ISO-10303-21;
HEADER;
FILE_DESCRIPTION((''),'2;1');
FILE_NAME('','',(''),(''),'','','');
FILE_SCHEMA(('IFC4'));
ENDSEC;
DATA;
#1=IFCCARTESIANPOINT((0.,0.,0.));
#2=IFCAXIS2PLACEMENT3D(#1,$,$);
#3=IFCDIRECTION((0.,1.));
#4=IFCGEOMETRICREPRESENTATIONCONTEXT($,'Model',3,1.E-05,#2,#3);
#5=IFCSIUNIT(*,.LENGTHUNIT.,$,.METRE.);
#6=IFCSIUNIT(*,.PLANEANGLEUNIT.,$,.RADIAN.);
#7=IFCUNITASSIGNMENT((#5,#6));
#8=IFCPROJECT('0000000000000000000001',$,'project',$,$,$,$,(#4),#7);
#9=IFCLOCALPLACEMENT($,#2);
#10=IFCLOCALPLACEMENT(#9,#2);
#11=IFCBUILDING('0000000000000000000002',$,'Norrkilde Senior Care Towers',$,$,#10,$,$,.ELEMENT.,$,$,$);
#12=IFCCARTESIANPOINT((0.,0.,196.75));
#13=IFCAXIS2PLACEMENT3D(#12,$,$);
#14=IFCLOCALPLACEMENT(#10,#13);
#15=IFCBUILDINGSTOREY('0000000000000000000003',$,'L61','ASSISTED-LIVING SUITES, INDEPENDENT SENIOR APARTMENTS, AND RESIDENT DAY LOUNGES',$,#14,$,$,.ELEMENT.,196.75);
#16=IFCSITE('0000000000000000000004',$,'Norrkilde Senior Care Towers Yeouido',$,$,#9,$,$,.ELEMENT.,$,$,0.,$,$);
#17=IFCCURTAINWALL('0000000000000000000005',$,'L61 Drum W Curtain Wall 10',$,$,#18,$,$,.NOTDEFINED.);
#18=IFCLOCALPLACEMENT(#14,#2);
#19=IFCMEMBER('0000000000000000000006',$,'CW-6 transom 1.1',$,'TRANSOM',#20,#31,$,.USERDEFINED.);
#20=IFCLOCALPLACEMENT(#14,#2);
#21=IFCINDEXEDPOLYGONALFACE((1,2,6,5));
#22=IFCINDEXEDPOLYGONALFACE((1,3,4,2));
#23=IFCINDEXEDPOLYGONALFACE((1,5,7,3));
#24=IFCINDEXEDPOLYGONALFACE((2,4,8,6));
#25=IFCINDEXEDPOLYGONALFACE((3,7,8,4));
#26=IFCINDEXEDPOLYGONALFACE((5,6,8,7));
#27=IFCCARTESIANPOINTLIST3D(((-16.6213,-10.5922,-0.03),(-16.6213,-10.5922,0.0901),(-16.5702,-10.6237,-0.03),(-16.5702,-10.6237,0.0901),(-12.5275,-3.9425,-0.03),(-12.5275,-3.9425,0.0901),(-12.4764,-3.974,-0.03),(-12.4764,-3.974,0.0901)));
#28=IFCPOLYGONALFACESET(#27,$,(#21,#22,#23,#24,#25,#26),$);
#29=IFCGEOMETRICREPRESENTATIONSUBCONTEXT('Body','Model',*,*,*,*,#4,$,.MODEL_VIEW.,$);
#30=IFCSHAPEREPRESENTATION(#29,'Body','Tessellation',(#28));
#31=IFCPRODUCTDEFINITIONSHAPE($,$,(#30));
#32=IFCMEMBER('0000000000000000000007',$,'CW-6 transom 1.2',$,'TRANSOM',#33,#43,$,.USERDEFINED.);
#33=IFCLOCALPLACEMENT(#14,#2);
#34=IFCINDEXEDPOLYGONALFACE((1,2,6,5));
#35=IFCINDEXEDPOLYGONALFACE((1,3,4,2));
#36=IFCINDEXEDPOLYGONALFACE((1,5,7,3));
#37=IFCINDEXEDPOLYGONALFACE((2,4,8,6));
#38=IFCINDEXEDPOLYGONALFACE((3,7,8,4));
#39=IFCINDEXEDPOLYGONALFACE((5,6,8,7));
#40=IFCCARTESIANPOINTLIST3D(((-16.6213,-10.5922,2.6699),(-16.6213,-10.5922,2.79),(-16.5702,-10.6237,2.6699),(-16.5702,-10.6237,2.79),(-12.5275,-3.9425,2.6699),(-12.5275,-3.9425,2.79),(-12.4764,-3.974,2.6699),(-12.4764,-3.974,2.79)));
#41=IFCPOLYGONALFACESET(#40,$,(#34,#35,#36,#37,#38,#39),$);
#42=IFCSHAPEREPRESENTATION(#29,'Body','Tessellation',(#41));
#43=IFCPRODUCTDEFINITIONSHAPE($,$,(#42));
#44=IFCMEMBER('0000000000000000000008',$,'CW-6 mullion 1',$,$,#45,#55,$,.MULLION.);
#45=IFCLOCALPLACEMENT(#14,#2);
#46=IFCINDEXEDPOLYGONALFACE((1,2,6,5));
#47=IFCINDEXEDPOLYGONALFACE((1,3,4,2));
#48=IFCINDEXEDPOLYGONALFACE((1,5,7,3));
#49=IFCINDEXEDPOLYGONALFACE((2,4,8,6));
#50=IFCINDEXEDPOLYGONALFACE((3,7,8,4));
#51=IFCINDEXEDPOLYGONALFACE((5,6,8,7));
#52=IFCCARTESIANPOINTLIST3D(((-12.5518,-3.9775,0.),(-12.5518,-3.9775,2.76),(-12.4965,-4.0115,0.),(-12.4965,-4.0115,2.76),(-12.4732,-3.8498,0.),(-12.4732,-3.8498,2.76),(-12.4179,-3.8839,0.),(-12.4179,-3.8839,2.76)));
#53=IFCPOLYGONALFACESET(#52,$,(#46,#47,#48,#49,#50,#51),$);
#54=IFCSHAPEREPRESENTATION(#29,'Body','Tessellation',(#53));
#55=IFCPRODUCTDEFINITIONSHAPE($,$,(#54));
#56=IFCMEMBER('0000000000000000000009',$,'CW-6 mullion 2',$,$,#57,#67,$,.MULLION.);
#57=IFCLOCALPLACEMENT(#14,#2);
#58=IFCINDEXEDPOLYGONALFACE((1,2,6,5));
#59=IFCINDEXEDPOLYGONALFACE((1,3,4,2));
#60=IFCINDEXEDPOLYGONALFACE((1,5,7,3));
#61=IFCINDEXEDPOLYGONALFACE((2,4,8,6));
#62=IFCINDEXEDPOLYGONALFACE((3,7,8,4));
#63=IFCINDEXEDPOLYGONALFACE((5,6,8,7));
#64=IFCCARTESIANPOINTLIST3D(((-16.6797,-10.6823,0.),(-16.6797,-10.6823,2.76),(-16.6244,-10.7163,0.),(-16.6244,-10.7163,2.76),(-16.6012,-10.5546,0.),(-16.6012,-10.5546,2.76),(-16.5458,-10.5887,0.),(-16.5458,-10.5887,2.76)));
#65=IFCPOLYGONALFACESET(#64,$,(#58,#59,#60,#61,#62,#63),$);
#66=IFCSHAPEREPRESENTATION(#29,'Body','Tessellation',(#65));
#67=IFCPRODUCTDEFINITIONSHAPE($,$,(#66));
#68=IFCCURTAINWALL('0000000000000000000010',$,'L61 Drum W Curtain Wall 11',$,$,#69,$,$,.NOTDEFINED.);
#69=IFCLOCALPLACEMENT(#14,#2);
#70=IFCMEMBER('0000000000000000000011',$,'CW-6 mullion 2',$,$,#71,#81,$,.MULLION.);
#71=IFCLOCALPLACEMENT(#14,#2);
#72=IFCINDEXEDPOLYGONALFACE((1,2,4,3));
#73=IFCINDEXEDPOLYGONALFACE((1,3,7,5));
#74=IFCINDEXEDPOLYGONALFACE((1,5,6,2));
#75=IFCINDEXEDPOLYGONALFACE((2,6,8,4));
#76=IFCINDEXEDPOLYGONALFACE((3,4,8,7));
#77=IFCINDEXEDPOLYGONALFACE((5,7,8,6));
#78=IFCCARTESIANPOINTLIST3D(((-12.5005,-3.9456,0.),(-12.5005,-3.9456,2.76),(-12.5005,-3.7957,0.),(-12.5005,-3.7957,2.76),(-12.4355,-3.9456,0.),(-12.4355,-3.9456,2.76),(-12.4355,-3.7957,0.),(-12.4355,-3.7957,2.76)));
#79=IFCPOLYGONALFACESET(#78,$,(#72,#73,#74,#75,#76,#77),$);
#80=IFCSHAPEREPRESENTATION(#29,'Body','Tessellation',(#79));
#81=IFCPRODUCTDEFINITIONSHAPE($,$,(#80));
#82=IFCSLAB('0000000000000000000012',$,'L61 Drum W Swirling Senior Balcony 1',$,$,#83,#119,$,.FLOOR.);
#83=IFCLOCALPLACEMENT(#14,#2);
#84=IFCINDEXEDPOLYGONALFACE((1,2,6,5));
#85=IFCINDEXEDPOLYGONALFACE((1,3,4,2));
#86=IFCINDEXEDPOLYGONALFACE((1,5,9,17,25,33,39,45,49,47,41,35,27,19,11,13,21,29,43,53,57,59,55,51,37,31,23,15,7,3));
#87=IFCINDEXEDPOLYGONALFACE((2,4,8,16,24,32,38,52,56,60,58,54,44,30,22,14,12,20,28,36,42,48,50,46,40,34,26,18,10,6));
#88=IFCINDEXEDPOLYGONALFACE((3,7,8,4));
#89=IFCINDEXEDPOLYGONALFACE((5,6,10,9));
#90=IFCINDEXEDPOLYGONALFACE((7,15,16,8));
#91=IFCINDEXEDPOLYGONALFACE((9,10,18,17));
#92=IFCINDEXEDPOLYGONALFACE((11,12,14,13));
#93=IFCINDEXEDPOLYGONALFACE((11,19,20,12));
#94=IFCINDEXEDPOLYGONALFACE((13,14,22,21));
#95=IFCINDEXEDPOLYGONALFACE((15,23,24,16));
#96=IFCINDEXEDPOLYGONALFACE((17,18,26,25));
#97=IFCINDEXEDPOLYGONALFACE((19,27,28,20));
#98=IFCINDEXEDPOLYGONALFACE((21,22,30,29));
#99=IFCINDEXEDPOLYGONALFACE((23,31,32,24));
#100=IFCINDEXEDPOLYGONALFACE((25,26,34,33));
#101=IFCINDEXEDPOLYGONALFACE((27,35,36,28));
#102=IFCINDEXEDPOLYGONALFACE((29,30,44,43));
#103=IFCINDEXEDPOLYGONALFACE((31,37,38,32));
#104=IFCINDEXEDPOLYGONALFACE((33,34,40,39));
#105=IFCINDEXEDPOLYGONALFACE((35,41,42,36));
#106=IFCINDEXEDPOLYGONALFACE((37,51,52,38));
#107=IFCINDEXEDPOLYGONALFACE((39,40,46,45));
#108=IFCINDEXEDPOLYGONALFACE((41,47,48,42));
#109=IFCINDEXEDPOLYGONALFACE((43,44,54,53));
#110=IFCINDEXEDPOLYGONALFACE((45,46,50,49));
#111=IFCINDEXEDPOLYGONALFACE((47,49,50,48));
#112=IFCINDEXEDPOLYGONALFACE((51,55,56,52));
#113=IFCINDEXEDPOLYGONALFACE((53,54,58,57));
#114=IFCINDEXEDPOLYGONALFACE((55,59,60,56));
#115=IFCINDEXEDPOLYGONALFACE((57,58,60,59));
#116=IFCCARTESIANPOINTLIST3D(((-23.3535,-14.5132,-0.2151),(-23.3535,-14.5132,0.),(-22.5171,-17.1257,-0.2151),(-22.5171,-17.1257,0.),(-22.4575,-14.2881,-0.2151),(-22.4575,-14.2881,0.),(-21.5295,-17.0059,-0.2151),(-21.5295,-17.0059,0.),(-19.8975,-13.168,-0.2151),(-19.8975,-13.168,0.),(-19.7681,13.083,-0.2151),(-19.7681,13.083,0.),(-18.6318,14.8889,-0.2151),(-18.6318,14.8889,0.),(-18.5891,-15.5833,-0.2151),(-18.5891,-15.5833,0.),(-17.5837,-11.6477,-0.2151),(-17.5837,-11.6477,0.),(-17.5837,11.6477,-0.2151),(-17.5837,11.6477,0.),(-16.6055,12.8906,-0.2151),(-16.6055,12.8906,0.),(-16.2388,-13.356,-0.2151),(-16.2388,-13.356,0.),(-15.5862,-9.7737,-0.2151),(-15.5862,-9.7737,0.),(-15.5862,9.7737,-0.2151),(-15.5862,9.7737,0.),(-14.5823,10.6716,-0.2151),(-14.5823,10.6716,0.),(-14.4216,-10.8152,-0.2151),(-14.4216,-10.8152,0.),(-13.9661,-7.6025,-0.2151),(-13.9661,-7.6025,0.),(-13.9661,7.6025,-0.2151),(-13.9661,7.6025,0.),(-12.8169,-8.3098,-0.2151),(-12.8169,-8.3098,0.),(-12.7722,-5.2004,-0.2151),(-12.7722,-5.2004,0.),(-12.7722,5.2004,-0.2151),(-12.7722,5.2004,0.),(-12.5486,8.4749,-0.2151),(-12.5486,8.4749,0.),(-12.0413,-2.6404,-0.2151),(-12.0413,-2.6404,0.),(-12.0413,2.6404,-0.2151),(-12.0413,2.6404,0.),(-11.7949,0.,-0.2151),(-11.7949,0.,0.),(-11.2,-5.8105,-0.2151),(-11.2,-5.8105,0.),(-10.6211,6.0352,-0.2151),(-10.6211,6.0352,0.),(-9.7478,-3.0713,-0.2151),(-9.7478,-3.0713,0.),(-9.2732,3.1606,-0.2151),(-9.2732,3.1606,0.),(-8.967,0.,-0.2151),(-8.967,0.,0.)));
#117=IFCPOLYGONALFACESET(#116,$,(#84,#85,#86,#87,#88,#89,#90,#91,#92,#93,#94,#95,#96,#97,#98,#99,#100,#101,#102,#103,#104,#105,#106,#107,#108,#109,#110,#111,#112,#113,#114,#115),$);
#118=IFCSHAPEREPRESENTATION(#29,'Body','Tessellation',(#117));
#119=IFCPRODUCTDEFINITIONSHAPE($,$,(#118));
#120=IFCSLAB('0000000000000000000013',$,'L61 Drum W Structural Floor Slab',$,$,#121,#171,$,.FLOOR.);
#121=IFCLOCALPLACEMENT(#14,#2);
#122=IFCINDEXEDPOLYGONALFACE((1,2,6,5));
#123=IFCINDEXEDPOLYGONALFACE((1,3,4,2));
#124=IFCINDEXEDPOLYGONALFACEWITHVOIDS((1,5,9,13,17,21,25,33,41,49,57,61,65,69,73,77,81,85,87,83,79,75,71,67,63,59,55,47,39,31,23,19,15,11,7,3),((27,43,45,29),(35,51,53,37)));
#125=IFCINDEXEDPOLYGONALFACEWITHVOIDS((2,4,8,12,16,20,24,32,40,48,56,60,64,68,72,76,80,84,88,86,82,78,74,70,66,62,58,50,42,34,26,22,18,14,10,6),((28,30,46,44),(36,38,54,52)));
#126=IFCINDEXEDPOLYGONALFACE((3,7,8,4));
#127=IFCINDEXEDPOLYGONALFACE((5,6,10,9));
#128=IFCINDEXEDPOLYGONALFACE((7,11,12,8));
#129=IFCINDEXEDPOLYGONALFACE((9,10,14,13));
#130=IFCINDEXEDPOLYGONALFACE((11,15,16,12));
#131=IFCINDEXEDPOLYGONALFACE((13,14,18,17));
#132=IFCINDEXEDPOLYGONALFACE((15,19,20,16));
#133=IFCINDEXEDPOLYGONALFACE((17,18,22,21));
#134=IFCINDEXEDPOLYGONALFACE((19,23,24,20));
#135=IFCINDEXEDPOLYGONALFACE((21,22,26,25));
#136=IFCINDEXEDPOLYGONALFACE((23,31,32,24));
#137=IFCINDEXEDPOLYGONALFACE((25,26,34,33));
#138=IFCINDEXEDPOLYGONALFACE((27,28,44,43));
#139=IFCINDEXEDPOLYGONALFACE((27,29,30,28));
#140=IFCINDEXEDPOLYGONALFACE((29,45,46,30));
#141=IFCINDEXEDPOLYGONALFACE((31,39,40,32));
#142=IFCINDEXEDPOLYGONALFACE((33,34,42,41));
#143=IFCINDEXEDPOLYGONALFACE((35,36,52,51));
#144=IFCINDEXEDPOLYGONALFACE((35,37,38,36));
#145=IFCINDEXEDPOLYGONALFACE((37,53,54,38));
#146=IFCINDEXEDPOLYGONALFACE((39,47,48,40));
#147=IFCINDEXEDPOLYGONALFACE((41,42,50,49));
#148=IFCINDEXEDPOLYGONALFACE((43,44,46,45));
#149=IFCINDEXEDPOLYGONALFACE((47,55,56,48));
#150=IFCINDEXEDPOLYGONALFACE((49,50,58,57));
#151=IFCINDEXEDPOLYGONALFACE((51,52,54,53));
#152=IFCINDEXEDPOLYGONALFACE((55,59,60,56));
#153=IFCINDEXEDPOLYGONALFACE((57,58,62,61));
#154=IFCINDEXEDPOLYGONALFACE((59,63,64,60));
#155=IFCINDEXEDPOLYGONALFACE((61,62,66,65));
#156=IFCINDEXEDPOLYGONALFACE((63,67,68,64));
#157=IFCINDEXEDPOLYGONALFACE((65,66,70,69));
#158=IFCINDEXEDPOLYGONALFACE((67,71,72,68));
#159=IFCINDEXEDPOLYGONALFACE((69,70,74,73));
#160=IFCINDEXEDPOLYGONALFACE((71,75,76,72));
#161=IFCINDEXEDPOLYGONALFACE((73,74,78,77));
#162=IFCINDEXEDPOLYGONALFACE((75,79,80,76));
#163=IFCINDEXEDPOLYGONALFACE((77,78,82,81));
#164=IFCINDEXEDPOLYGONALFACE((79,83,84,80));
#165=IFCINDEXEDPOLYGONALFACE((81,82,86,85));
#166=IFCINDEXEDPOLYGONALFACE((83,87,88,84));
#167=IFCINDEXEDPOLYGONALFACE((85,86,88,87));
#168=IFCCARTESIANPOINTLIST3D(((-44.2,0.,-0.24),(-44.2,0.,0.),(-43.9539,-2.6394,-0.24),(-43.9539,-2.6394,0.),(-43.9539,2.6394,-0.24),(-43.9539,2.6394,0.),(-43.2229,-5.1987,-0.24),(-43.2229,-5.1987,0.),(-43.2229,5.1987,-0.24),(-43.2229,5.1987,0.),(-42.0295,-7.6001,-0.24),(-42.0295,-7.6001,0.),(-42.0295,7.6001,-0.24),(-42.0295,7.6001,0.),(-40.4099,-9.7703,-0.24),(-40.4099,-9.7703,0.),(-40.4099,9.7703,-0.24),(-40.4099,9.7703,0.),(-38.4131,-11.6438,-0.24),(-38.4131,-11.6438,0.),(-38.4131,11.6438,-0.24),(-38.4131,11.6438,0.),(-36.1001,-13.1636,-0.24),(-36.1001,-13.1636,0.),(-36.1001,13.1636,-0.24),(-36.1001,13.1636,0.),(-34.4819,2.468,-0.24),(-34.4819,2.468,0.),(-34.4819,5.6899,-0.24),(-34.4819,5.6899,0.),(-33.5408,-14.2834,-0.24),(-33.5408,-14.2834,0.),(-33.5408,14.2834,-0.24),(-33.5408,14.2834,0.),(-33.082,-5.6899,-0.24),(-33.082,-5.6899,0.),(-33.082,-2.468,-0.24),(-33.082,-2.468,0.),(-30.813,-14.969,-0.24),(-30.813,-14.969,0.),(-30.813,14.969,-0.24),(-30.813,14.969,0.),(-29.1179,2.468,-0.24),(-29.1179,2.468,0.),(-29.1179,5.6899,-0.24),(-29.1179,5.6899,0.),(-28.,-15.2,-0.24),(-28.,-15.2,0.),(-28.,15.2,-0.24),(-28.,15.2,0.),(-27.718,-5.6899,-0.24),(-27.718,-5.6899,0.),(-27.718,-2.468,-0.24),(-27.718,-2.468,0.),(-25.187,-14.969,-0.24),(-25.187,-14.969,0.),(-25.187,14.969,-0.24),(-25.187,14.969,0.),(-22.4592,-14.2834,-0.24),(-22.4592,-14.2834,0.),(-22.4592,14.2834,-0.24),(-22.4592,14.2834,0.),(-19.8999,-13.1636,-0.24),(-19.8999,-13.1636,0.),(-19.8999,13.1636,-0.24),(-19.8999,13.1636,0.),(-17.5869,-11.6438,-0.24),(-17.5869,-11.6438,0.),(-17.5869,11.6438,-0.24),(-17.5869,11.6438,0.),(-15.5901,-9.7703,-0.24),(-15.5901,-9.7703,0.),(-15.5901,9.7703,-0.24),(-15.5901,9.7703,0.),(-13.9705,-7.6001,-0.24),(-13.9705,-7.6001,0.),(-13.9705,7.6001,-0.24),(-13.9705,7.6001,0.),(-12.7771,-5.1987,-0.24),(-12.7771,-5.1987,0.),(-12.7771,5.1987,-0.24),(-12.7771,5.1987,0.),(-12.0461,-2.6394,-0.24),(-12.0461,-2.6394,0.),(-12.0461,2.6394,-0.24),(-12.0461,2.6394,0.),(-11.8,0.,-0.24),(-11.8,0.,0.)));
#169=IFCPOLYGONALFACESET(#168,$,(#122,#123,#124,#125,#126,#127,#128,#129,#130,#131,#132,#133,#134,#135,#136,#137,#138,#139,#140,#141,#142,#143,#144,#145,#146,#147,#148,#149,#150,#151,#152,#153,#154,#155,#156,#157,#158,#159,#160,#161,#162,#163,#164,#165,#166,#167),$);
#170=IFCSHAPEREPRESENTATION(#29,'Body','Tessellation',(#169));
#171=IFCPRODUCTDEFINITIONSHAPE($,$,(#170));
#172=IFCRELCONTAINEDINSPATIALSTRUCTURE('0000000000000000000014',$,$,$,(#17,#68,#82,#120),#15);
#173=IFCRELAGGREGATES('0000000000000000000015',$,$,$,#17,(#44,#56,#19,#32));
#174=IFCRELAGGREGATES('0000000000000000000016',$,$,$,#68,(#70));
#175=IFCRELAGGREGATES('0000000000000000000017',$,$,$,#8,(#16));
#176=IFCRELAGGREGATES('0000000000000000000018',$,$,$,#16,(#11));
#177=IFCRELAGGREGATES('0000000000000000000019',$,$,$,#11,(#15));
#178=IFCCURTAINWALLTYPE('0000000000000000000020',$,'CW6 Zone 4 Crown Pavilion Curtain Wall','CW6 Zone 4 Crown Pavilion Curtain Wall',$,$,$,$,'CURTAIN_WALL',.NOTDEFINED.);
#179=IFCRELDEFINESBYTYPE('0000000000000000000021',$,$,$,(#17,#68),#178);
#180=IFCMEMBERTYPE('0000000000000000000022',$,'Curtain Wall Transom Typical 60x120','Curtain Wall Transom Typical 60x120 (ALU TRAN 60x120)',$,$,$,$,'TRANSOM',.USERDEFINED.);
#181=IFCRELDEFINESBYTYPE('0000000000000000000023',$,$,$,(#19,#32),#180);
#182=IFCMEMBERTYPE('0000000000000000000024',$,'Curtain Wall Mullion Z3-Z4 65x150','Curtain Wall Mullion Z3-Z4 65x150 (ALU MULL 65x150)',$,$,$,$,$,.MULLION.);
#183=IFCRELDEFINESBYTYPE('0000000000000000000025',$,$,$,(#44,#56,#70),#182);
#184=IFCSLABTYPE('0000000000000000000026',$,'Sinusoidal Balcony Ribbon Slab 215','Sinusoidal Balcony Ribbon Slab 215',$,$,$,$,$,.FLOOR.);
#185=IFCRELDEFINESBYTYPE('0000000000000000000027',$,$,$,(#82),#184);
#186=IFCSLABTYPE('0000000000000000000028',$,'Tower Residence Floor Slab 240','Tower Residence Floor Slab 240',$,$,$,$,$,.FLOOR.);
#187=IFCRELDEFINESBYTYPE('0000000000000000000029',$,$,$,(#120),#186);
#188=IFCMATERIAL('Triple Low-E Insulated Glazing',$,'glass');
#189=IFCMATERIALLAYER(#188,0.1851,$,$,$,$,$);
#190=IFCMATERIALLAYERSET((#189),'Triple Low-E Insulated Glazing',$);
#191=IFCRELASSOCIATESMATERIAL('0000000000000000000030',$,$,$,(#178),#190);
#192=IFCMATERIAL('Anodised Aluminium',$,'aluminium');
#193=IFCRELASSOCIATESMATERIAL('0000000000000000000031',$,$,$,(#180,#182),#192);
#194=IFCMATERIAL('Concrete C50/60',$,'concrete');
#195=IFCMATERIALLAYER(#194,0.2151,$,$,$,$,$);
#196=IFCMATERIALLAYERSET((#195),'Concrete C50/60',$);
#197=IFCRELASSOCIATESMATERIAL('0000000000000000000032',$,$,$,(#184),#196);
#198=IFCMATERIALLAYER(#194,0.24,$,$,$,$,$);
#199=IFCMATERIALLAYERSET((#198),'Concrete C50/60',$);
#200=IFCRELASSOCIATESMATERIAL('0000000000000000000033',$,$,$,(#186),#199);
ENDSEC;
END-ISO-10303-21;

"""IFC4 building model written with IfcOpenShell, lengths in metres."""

from ifc_helpers import new_model, si_unit, direction, frame, origin, origin_2d, place, context, subcontext, project, spatial, polyline, rectangle, outline, extrude, source, transform, mapped, material, layer, layer_set, material_profile, profile_set, type_object, type_shapes, element, aggregate, save


model = new_model("IFC4")

# Units and contexts
model_context = context("Model", 3, precision=1e-05, world=origin(), true_north=direction((0.0, 1.0)))
body_context = subcontext(model_context, "Body", "Model", "MODEL_VIEW")
ifc_project = project(units=[si_unit("LENGTHUNIT", "METRE"), si_unit("PLANEANGLEUNIT", "RADIAN")], contexts=[model_context])

# Site, building, storey
site_placement = place(None, origin())
site = spatial("IfcSite", under=ifc_project, at=site_placement, Name="Norrkilde Senior Care Towers Yeouido", CompositionType="ELEMENT", RefElevation=0.0)
building_placement = place(site_placement, origin())
building = spatial("IfcBuilding", under=site, at=building_placement, Name="Norrkilde Senior Care Towers", CompositionType="ELEMENT")
storey_placement = place(building_placement, frame((0.0, 0.0, 196.75)))
storey = spatial("IfcBuildingStorey", under=building, at=storey_placement, Name="L61", Description="ASSISTED-LIVING SUITES, INDEPENDENT SENIOR APARTMENTS, AND RESIDENT DAY LOUNGES", CompositionType="ELEMENT", Elevation=196.75)

# Shared definitions
ifc_material_1 = material(Name="Concrete C50/60", Category="concrete")

# Curtain wall, members
ifc_material_2 = material(Name="Triple Low-E Insulated Glazing", Category="glass")
ifc_layer_1 = layer(ifc_material_2, 0.1851)
ifc_layer_set_1 = layer_set([ifc_layer_1], Name="Triple Low-E Insulated Glazing")
curtain_wall_type = type_object("IfcCurtainWallType", Name="CW6 Zone 4 Crown Pavilion Curtain Wall", Description="CW6 Zone 4 Crown Pavilion Curtain Wall", ElementType="CURTAIN_WALL", PredefinedType="NOTDEFINED", material=ifc_layer_set_1)
curtain_wall_1_placement = place(storey_placement, origin())
curtain_wall_1 = element("IfcCurtainWall", 1, at=curtain_wall_1_placement, inside=storey, type_object=curtain_wall_type, Name="L61 Drum W Curtain Wall 10", PredefinedType="NOTDEFINED")
ifc_material_3 = material(Name="Anodised Aluminium", Category="aluminium")
ifc_material_profile_1 = material_profile(ifc_material_3, rectangle(XDim=0.0601, YDim=0.1201, at=origin_2d()), Name="ALU TRAN 60x120")
ifc_profile_set_1 = profile_set([ifc_material_profile_1], Name="Anodised Aluminium")
member_type_1 = type_object("IfcMemberType", Name="Curtain Wall Transom Typical 60x120", Description="Curtain Wall Transom Typical 60x120 (ALU TRAN 60x120)", ElementType="TRANSOM", PredefinedType="USERDEFINED", material=ifc_profile_set_1)
shared_shape_1 = source(origin(), body_context, "Body", "SweptSolid", [
    extrude(rectangle(XDim=0.0601, YDim=0.1201, at=origin_2d()), origin(), (0.0, 0.0, 1.0), 7.8088),
])
type_shapes(member_type_1, [shared_shape_1])
member_1_placement = place(storey_placement, frame((-12.502, -3.9583, 0.03), z_axis=(-0.524251, -0.851564, 0.0), x_axis=(0.851564, -0.524251, 0.0)))
member_1 = element("IfcMember", 2, at=member_1_placement, type_object=member_type_1, Name="CW-6 transom 1.1", ObjectType="TRANSOM", PredefinedType="USERDEFINED", context=body_context, shape_type="MappedRepresentation", body=[
    mapped(shared_shape_1, transform((0.0, 0.0, 0.0), x_axis=(1.0, 0.0, 0.0), y_axis=(0.0, 1.0, 0.0), z_axis=(0.0, 0.0, 1.0), scale=1.0)),
])
member_2_placement = place(storey_placement, frame((-12.502, -3.9583, 2.73), z_axis=(-0.524251, -0.851564, 0.0), x_axis=(0.851564, -0.524251, 0.0)))
member_2 = element("IfcMember", 3, at=member_2_placement, type_object=member_type_1, Name="CW-6 transom 1.2", ObjectType="TRANSOM", PredefinedType="USERDEFINED", context=body_context, shape_type="MappedRepresentation", body=[
    mapped(shared_shape_1, transform((0.0, 0.0, 0.0), x_axis=(1.0, 0.0, 0.0), y_axis=(0.0, 1.0, 0.0), z_axis=(0.0, 0.0, 1.0), scale=1.0)),
])
ifc_material_profile_2 = material_profile(ifc_material_3, rectangle(XDim=0.0649, YDim=0.1499, at=origin_2d()), Name="ALU MULL 65x150")
ifc_profile_set_2 = profile_set([ifc_material_profile_2], Name="Anodised Aluminium")
member_type_2 = type_object("IfcMemberType", Name="Curtain Wall Mullion Z3-Z4 65x150", Description="Curtain Wall Mullion Z3-Z4 65x150 (ALU MULL 65x150)", PredefinedType="MULLION", material=ifc_profile_set_2)
shared_shape_2 = source(origin(), body_context, "Body", "SweptSolid", [
    extrude(rectangle(XDim=0.0649, YDim=0.1499, at=origin_2d()), origin(), (0.0, 0.0, 1.0), 2.76),
])
type_shapes(member_type_2, [shared_shape_2])
member_3_placement = place(storey_placement, frame((-12.4849, -3.9307, 0.0), z_axis=(0.0, 0.0, 1.0), x_axis=(0.851563, -0.524253, 0.0)))
member_3 = element("IfcMember", 4, at=member_3_placement, type_object=member_type_2, Name="CW-6 mullion 1", PredefinedType="MULLION", context=body_context, shape_type="MappedRepresentation", body=[
    mapped(shared_shape_2, transform((0.0, 0.0, 0.0), x_axis=(1.0, 0.0, 0.0), y_axis=(0.0, 1.0, 0.0), z_axis=(0.0, 0.0, 1.0), scale=1.0)),
])
member_4_placement = place(storey_placement, frame((-16.6128, -10.6355, 0.0), z_axis=(0.0, 0.0, 1.0), x_axis=(0.851563, -0.524253, 0.0)))
member_4 = element("IfcMember", 5, at=member_4_placement, type_object=member_type_2, Name="CW-6 mullion 2", PredefinedType="MULLION", context=body_context, shape_type="MappedRepresentation", body=[
    mapped(shared_shape_2, transform((0.0, 0.0, 0.0), x_axis=(1.0, 0.0, 0.0), y_axis=(0.0, 1.0, 0.0), z_axis=(0.0, 0.0, 1.0), scale=1.0)),
])

# Curtain wall, member
curtain_wall_2_placement = place(storey_placement, origin())
curtain_wall_2 = element("IfcCurtainWall", 6, at=curtain_wall_2_placement, inside=storey, type_object=curtain_wall_type, Name="L61 Drum W Curtain Wall 11", PredefinedType="NOTDEFINED")
member_5_placement = place(storey_placement, frame((-12.468, -3.8706, 0.0), z_axis=(0.0, 0.0, 1.0), x_axis=(1.0, 0.0, 0.0)))
member_5 = element("IfcMember", 7, at=member_5_placement, type_object=member_type_2, Name="CW-6 mullion 2", PredefinedType="MULLION", context=body_context, shape_type="MappedRepresentation", body=[
    mapped(shared_shape_2, transform((0.0, 0.0, 0.0), x_axis=(1.0, 0.0, 0.0), y_axis=(0.0, 1.0, 0.0), z_axis=(0.0, 0.0, 1.0), scale=1.0)),
])

# Slabs
ifc_layer_2 = layer(ifc_material_1, 0.2151)
ifc_layer_set_2 = layer_set([ifc_layer_2], Name="Concrete C50/60")
slab_type_1 = type_object("IfcSlabType", Name="Sinusoidal Balcony Ribbon Slab 215", Description="Sinusoidal Balcony Ribbon Slab 215", PredefinedType="FLOOR", material=ifc_layer_set_2)
slab_1_placement = place(storey_placement, frame((0.0, 0.0, -0.2151)))
element("IfcSlab", 8, at=slab_1_placement, inside=storey, type_object=slab_type_1, Name="L61 Drum W Swirling Senior Balcony 1", PredefinedType="FLOOR", context=body_context, shape_type="SweptSolid", body=[
    extrude(outline(polyline([(-12.8169, -8.3098), (-14.4216, -10.8152), (-16.2388, -13.356), (-18.5891, -15.5833), (-21.5295, -17.0059), (-22.5171, -17.1257), (-23.3535, -14.5132), (-22.4575, -14.2881), (-19.8975, -13.168), (-17.5837, -11.6477), (-15.5862, -9.7737), (-13.9661, -7.6025), (-12.7722, -5.2004), (-12.0413, -2.6404), (-11.7949, 0.0), (-12.0413, 2.6404), (-12.7722, 5.2004), (-13.9661, 7.6025), (-15.5862, 9.7737), (-17.5837, 11.6477), (-19.7681, 13.083), (-18.6318, 14.8889), (-16.6055, 12.8906), (-14.5823, 10.6716), (-12.5486, 8.4749), (-10.6211, 6.0352), (-9.2732, 3.1606), (-8.967, 0.0), (-9.7478, -3.0713), (-11.2, -5.8105), (-12.8169, -8.3098)])), origin(), (0.0, 0.0, 1.0), 0.2151),
])
ifc_layer_3 = layer(ifc_material_1, 0.24)
ifc_layer_set_3 = layer_set([ifc_layer_3], Name="Concrete C50/60")
slab_type_2 = type_object("IfcSlabType", Name="Tower Residence Floor Slab 240", Description="Tower Residence Floor Slab 240", PredefinedType="FLOOR", material=ifc_layer_set_3)
slab_2_placement = place(storey_placement, frame((0.0, 0.0, -0.24)))
element("IfcSlab", 9, at=slab_2_placement, inside=storey, type_object=slab_type_2, Name="L61 Drum W Structural Floor Slab", PredefinedType="FLOOR", context=body_context, shape_type="SweptSolid", body=[
    extrude(outline(polyline([(-12.7771, -5.1987), (-13.9705, -7.6001), (-15.5901, -9.7703), (-17.5869, -11.6438), (-19.8999, -13.1636), (-22.4592, -14.2834), (-25.187, -14.969), (-28.0, -15.2), (-30.813, -14.969), (-33.5408, -14.2834), (-36.1001, -13.1636), (-38.4131, -11.6438), (-40.4099, -9.7703), (-42.0295, -7.6001), (-43.2229, -5.1987), (-43.9539, -2.6394), (-44.2, 0.0), (-43.9539, 2.6394), (-43.2229, 5.1987), (-42.0295, 7.6001), (-40.4099, 9.7703), (-38.4131, 11.6438), (-36.1001, 13.1636), (-33.5408, 14.2834), (-30.813, 14.969), (-28.0, 15.2), (-25.187, 14.969), (-22.4592, 14.2834), (-19.8999, 13.1636), (-17.5869, 11.6438), (-15.5901, 9.7703), (-13.9705, 7.6001), (-12.7771, 5.1987), (-12.0461, 2.6394), (-11.8, 0.0), (-12.0461, -2.6394), (-12.7771, -5.1987)]), holes=[polyline([(-34.4819, 2.468), (-29.1179, 2.468), (-29.1179, 5.6899), (-34.4819, 5.6899), (-34.4819, 2.468)]), polyline([(-27.718, -5.6899), (-27.718, -2.468), (-33.082, -2.468), (-33.082, -5.6899), (-27.718, -5.6899)])]), origin(), (0.0, 0.0, 1.0), 0.24),
])

aggregate(curtain_wall_1, [member_3, member_4, member_1, member_2])
aggregate(curtain_wall_2, [member_5])

save(model, "model.ifc")
